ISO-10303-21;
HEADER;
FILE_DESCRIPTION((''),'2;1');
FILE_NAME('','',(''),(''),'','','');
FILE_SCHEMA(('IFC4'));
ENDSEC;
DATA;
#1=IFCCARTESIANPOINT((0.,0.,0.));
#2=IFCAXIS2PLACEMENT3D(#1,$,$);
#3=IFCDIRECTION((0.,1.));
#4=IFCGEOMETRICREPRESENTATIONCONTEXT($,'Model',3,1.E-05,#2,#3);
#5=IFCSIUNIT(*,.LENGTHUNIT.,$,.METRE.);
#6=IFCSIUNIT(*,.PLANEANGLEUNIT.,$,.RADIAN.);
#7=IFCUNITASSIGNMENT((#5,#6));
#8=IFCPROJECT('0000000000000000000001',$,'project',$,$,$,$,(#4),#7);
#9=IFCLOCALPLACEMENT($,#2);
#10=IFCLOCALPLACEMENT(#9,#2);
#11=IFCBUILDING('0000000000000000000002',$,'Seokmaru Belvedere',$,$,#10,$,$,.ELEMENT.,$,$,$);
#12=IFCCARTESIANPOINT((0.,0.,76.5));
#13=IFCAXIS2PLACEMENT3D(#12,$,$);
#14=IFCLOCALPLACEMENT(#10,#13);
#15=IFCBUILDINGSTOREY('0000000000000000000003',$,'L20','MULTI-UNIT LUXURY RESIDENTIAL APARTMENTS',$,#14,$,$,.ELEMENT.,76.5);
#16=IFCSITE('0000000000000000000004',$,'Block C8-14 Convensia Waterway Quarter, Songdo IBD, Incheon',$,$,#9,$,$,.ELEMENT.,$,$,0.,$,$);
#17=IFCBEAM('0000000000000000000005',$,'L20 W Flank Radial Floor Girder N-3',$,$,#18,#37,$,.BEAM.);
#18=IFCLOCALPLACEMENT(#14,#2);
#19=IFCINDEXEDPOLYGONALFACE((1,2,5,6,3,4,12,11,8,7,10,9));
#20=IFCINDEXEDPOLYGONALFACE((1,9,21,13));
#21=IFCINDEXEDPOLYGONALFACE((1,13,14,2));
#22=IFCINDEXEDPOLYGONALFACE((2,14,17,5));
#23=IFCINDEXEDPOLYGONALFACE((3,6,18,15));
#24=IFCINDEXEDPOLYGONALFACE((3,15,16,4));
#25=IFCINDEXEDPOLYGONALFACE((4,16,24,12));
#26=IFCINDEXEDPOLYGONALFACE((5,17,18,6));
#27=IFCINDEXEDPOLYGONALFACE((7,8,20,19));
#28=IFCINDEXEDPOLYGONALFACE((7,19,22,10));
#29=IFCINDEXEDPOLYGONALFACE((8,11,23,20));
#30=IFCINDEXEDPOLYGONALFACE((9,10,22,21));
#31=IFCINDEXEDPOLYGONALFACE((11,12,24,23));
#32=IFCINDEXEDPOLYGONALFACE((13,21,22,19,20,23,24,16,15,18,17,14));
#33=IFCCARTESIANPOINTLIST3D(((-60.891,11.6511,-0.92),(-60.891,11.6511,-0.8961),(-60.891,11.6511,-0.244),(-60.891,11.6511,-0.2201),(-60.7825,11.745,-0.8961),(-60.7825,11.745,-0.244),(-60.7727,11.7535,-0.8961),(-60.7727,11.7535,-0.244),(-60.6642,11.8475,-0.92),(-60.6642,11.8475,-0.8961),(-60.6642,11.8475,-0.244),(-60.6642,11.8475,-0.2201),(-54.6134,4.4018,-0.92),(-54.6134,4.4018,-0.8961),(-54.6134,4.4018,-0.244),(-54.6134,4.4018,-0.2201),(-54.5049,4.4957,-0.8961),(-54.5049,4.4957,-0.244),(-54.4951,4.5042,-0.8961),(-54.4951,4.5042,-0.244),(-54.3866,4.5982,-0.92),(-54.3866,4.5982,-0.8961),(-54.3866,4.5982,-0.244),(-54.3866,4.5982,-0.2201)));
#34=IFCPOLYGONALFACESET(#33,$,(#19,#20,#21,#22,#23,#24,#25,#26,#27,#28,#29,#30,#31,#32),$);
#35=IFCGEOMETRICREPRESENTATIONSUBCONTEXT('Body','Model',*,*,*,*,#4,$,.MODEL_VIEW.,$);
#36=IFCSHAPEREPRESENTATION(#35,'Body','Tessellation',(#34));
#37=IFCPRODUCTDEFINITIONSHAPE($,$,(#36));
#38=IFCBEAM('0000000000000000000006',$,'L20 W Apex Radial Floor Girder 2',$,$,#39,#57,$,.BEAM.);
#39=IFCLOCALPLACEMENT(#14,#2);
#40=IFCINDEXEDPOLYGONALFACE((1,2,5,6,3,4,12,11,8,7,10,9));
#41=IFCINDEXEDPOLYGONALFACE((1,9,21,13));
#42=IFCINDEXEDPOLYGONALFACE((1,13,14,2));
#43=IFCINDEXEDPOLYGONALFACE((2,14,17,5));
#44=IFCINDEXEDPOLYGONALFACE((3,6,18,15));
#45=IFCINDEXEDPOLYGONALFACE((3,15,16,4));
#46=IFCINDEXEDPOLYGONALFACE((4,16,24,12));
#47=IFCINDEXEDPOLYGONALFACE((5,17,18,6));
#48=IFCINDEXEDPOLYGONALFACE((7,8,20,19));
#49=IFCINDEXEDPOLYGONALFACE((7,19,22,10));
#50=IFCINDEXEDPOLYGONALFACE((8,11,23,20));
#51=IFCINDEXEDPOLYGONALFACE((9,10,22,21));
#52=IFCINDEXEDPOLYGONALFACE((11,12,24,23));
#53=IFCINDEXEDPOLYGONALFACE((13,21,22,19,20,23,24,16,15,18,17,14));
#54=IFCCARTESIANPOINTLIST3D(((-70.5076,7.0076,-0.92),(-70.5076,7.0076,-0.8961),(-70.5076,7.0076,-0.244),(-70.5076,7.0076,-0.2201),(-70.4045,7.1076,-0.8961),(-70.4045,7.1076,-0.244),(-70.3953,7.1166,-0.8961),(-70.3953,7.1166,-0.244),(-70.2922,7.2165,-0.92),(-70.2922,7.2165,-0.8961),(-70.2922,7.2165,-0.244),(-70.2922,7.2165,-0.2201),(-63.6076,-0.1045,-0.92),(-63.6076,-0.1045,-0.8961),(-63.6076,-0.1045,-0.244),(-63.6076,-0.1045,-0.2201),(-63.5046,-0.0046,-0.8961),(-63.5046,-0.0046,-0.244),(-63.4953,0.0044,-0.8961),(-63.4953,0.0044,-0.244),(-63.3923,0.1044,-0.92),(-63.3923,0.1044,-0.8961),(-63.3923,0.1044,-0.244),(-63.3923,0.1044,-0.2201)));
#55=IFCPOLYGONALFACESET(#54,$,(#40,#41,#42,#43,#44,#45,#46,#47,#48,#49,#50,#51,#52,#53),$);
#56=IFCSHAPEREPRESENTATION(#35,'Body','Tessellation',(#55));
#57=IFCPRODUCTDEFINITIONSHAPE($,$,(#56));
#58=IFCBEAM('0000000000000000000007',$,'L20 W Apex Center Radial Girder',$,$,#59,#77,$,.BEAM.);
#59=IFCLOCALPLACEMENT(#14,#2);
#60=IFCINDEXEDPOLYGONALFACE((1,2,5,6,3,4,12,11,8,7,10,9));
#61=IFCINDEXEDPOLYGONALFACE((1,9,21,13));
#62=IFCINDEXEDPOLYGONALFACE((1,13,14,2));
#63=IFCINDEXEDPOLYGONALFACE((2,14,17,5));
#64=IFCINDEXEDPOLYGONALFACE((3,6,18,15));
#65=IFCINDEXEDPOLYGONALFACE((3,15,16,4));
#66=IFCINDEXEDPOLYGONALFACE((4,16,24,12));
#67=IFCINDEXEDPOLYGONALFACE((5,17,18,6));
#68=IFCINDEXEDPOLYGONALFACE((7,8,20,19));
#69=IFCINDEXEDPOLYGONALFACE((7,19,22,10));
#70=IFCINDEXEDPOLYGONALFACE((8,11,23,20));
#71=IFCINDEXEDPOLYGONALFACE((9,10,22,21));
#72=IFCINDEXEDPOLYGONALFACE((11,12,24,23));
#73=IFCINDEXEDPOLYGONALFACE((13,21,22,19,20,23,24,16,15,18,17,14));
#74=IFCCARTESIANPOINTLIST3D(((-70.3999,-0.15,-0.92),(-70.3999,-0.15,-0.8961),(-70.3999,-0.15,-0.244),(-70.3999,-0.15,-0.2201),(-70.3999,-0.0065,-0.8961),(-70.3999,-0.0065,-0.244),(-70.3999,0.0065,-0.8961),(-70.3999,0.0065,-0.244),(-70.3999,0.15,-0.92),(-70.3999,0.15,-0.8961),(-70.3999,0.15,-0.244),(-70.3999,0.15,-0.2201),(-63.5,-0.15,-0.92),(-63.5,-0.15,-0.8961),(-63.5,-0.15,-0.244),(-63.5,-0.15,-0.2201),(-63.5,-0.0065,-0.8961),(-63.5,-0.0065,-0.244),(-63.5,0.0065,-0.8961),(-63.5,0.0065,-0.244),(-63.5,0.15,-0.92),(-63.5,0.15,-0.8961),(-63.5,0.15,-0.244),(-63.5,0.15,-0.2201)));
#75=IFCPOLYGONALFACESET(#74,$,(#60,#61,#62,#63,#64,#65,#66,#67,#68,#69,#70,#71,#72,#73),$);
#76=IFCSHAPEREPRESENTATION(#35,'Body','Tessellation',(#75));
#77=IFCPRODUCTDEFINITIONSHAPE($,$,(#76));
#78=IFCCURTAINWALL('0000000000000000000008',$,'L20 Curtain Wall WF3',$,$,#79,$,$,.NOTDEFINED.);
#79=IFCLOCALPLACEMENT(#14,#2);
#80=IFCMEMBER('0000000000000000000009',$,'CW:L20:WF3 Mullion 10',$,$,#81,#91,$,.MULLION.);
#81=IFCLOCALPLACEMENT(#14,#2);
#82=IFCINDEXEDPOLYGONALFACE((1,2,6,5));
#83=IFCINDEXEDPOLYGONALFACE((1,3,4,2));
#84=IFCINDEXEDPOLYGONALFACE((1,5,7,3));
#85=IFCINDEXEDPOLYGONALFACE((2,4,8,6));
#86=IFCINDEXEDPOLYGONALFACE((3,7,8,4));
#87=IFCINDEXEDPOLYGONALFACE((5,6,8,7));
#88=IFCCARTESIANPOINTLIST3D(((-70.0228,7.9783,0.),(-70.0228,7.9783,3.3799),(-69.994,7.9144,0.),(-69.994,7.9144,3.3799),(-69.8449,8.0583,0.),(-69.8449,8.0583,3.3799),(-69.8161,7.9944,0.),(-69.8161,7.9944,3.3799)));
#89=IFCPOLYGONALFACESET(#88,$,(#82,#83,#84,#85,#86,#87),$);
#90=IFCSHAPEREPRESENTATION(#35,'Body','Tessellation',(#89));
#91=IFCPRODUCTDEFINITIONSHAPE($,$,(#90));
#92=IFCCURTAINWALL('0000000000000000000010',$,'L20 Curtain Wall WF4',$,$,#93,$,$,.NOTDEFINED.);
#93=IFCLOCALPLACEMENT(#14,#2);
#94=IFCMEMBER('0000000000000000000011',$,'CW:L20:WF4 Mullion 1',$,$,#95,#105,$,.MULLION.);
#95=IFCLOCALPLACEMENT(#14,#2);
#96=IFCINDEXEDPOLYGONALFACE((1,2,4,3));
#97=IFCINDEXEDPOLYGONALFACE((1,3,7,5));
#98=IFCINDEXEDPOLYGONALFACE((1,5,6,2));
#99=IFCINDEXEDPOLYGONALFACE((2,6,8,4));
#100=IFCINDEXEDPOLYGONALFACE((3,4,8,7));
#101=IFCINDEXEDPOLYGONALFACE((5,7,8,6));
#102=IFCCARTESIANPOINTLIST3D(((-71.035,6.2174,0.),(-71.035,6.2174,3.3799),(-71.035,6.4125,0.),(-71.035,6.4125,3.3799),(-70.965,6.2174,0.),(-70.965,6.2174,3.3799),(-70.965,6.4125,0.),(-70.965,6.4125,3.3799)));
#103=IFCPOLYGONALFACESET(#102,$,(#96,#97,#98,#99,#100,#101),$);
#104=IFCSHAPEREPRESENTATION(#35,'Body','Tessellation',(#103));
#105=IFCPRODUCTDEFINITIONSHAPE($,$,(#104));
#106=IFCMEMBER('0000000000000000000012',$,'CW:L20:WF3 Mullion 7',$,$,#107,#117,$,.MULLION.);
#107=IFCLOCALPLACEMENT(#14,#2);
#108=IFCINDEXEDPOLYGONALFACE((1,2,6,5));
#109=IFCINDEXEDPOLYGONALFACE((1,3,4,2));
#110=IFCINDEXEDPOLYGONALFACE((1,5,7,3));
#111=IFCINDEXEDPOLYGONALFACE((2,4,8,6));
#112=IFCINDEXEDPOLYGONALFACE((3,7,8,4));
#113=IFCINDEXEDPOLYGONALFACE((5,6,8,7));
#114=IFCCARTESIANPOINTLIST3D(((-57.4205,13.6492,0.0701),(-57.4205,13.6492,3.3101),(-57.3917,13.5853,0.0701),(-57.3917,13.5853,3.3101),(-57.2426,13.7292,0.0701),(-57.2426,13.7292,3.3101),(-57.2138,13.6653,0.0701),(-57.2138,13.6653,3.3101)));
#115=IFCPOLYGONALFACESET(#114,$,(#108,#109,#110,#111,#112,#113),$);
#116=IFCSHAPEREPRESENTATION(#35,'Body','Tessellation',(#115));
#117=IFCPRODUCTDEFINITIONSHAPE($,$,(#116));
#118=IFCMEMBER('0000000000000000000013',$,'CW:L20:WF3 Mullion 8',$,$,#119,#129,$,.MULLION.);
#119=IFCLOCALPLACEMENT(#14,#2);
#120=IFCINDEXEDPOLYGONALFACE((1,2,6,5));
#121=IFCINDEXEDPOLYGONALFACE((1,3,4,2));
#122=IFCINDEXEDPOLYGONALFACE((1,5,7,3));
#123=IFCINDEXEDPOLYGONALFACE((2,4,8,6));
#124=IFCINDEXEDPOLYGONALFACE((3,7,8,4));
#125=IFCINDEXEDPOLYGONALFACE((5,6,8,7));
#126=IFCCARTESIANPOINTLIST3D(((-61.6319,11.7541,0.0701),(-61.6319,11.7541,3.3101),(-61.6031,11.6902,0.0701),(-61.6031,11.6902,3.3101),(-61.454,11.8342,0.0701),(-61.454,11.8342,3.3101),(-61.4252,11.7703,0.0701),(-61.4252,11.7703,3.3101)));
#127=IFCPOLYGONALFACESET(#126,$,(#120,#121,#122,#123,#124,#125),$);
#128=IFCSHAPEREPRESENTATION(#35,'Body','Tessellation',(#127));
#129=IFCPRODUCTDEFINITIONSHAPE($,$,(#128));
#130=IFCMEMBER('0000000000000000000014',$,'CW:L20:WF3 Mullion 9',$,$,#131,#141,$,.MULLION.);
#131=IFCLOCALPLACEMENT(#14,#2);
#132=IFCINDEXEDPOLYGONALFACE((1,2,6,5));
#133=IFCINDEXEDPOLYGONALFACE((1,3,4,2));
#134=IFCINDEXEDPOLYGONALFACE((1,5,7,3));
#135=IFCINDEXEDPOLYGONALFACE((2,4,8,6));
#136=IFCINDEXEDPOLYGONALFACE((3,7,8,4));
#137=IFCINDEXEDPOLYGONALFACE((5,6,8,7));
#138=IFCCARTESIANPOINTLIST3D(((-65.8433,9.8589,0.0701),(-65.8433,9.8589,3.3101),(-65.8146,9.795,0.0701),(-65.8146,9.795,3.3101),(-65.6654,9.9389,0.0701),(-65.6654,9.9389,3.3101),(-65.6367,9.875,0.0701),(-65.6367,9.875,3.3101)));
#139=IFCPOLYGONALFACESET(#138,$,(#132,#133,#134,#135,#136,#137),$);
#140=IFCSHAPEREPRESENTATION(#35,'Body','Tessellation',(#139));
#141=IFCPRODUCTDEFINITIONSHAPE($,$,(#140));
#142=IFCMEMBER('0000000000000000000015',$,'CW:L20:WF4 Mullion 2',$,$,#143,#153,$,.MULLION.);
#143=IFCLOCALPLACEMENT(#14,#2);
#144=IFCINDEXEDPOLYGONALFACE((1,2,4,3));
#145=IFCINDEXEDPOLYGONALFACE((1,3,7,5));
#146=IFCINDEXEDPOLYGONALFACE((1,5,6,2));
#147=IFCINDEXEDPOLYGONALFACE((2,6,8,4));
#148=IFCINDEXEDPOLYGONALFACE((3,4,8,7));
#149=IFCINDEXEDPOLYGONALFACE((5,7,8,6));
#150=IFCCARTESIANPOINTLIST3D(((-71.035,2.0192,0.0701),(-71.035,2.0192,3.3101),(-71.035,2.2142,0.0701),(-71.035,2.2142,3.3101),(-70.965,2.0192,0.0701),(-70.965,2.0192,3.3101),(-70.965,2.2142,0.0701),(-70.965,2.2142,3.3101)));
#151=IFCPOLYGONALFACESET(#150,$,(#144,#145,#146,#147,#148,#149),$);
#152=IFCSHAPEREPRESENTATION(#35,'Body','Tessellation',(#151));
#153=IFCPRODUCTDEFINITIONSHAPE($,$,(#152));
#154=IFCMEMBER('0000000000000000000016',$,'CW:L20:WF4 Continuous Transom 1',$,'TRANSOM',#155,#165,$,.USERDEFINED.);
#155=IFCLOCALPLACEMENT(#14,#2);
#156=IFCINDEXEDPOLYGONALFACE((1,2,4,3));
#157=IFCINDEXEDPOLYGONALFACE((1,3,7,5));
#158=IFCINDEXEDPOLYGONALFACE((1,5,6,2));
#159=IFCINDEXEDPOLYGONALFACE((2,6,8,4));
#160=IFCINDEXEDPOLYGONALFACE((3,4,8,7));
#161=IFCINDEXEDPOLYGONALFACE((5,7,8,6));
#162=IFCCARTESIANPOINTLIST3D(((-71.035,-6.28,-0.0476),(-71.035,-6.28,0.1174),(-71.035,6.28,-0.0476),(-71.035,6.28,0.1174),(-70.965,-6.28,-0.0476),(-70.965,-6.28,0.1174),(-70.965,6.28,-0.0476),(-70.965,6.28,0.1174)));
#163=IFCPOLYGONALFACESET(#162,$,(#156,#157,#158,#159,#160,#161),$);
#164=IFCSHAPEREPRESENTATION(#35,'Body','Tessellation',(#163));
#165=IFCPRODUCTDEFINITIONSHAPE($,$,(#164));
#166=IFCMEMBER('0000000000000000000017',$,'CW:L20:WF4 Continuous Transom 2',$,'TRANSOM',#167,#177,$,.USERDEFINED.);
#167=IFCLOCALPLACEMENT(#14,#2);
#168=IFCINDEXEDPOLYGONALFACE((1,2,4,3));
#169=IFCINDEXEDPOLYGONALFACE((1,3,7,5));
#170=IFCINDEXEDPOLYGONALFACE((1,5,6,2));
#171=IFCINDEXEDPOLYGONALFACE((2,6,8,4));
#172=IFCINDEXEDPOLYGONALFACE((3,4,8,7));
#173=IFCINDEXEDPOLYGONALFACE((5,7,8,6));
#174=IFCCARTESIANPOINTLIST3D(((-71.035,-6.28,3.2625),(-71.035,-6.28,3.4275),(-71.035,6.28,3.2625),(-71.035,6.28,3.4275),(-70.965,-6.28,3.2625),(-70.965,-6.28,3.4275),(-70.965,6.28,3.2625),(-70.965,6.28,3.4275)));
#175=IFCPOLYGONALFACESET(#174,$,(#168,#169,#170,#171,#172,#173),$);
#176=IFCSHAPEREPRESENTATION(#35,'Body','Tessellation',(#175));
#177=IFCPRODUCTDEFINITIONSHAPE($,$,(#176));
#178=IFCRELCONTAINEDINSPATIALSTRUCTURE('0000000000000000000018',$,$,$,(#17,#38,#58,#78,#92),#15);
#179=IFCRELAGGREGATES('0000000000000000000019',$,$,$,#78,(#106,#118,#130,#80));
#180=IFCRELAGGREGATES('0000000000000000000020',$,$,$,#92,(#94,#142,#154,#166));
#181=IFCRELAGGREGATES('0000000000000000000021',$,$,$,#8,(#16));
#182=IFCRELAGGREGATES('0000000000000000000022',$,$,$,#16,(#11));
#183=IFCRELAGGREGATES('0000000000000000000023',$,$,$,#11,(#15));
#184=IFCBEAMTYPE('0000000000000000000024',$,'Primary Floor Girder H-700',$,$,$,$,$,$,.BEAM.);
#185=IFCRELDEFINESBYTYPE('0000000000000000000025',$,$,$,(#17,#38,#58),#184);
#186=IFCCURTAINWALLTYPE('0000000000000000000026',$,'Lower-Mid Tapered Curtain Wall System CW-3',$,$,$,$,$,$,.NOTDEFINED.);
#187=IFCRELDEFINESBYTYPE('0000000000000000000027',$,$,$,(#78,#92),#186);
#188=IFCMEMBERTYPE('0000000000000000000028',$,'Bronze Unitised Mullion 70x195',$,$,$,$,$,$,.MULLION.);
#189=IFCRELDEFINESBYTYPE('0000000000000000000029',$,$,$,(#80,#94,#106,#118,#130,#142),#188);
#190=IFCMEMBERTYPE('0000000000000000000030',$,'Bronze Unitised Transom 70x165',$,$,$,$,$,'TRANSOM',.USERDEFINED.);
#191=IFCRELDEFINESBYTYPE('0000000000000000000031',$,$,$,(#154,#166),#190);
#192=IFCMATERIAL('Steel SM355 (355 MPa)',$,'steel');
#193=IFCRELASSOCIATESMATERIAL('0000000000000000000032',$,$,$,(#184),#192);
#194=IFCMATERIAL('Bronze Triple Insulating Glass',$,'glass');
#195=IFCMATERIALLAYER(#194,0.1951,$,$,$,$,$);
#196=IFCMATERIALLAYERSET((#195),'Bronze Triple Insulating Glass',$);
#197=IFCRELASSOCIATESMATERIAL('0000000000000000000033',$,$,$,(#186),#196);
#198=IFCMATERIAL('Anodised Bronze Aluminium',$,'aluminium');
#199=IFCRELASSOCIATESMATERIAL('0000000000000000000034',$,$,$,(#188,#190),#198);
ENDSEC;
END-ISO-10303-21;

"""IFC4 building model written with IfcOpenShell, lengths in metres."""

from ifc_helpers import new_model, si_unit, direction, frame, origin, origin_2d, place, context, subcontext, project, spatial, rectangle, i_section, extrude, source, transform, mapped, material, layer, layer_set, material_profile, profile_set, type_object, type_shapes, element, aggregate, save


model = new_model("IFC4")

# Units and contexts
model_context = context("Model", 3, precision=1e-05, world=origin(), true_north=direction((0.0, 1.0)))
body_context = subcontext(model_context, "Body", "Model", "MODEL_VIEW")
ifc_project = project(units=[si_unit("LENGTHUNIT", "METRE"), si_unit("PLANEANGLEUNIT", "RADIAN")], contexts=[model_context])

# Site, building, storey
site_placement = place(None, origin())
site = spatial("IfcSite", under=ifc_project, at=site_placement, Name="Block C8-14 Convensia Waterway Quarter, Songdo IBD, Incheon", CompositionType="ELEMENT", RefElevation=0.0)
building_placement = place(site_placement, origin())
building = spatial("IfcBuilding", under=site, at=building_placement, Name="Seokmaru Belvedere", CompositionType="ELEMENT")
storey_placement = place(building_placement, frame((0.0, 0.0, 76.5)))
storey = spatial("IfcBuildingStorey", under=building, at=storey_placement, Name="L20", Description="MULTI-UNIT LUXURY RESIDENTIAL APARTMENTS", CompositionType="ELEMENT", Elevation=76.5)

# Shared definitions
ifc_material_1 = material(Name="Steel SM355 (355 MPa)", Category="steel")

# Beams
ifc_material_profile_1 = material_profile(ifc_material_1, i_section(OverallWidth=0.3, OverallDepth=0.7, WebThickness=0.0129, FlangeThickness=0.0239, at=origin_2d()), Name="H-700x300x13x24")
ifc_profile_set_1 = profile_set([ifc_material_profile_1], Name="Steel SM355 (355 MPa)")
beam_type_1 = type_object("IfcBeamType", Name="Primary Floor Girder H-700", PredefinedType="BEAM", material=ifc_profile_set_1)
shared_shape_1 = source(origin(), body_context, "Body", "SweptSolid", [
    extrude(i_section(OverallWidth=0.3, OverallDepth=0.7, WebThickness=0.0129, FlangeThickness=0.0239, at=origin_2d()), origin(), (0.0, 0.0, 1.0), 9.5896),
])
beam_1_placement = place(storey_placement, frame((-60.7776, 11.7493, -0.5701), z_axis=(0.654626, -0.755953, 0.0), x_axis=(0.755953, 0.654626, 0.0)))
element("IfcBeam", 1, at=beam_1_placement, inside=storey, type_object=beam_type_1, Name="L20 W Flank Radial Floor Girder N-3", PredefinedType="BEAM", context=body_context, shape_type="MappedRepresentation", body=[
    mapped(shared_shape_1, transform((0.0, 0.0, 0.0), scale=1.0)),
])
shared_shape_2 = source(origin(), body_context, "Body", "SweptSolid", [
    extrude(i_section(OverallWidth=0.3, OverallDepth=0.7, WebThickness=0.0129, FlangeThickness=0.0239, at=origin_2d()), origin(), (0.0, 0.0, 1.0), 9.9092),
])
beam_2_placement = place(storey_placement, frame((-70.3999, 7.1121, -0.5701), z_axis=(0.696321, -0.717731, 0.0), x_axis=(0.717731, 0.696321, 0.0)))
element("IfcBeam", 2, at=beam_2_placement, inside=storey, type_object=beam_type_1, Name="L20 W Apex Radial Floor Girder 2", PredefinedType="BEAM", context=body_context, shape_type="MappedRepresentation", body=[
    mapped(shared_shape_2, transform((0.0, 0.0, 0.0), scale=1.0)),
])
shared_shape_3 = source(origin(), body_context, "Body", "SweptSolid", [
    extrude(i_section(OverallWidth=0.3, OverallDepth=0.7, WebThickness=0.0129, FlangeThickness=0.0239, at=origin_2d()), origin(), (0.0, 0.0, 1.0), 6.8999),
])
beam_3_placement = place(storey_placement, frame((-70.3999, 0.0, -0.5701), z_axis=(1.0, 0.0, 0.0), x_axis=(0.0, 1.0, 0.0)))
element("IfcBeam", 3, at=beam_3_placement, inside=storey, type_object=beam_type_1, Name="L20 W Apex Center Radial Girder", PredefinedType="BEAM", context=body_context, shape_type="MappedRepresentation", body=[
    mapped(shared_shape_3, transform((0.0, 0.0, 0.0), scale=1.0)),
])

# Curtain walls, members
ifc_material_2 = material(Name="Bronze Triple Insulating Glass", Category="glass")
ifc_layer_1 = layer(ifc_material_2, 0.1951)
ifc_layer_set_1 = layer_set([ifc_layer_1], Name="Bronze Triple Insulating Glass")
curtain_wall_type = type_object("IfcCurtainWallType", Name="Lower-Mid Tapered Curtain Wall System CW-3", PredefinedType="NOTDEFINED", material=ifc_layer_set_1)
curtain_wall_1_placement = place(storey_placement, origin())
curtain_wall_1 = element("IfcCurtainWall", 4, at=curtain_wall_1_placement, inside=storey, type_object=curtain_wall_type, Name="L20 Curtain Wall WF3", PredefinedType="NOTDEFINED")
ifc_material_3 = material(Name="Anodised Bronze Aluminium", Category="aluminium")
ifc_material_profile_2 = material_profile(ifc_material_3, rectangle(XDim=0.0701, YDim=0.1951, at=origin_2d()), Name="CW-M-70x195")
ifc_profile_set_2 = profile_set([ifc_material_profile_2], Name="Anodised Bronze Aluminium")
member_type_1 = type_object("IfcMemberType", Name="Bronze Unitised Mullion 70x195", PredefinedType="MULLION", material=ifc_profile_set_2)
shared_shape_4 = source(origin(), body_context, "Body", "SweptSolid", [
    extrude(rectangle(XDim=0.0701, YDim=0.1951, at=origin_2d()), origin(), (0.0, 0.0, 1.0), 3.3799),
])
member_1_placement = place(storey_placement, frame((-69.9194, 7.9863, 0.0), z_axis=(0.0, 0.0, 1.0), x_axis=(0.410366, -0.911921, 0.0)))
member_1 = element("IfcMember", 5, at=member_1_placement, type_object=member_type_1, Name="CW:L20:WF3 Mullion 10", PredefinedType="MULLION", context=body_context, shape_type="MappedRepresentation", body=[
    mapped(shared_shape_4, transform((0.0, 0.0, 0.0), scale=1.0)),
])
curtain_wall_2_placement = place(storey_placement, origin())
curtain_wall_2 = element("IfcCurtainWall", 6, at=curtain_wall_2_placement, inside=storey, type_object=curtain_wall_type, Name="L20 Curtain Wall WF4", PredefinedType="NOTDEFINED")
member_2_placement = place(storey_placement, frame((-71.0, 6.3149, 0.0), z_axis=(0.0, 0.0, 1.0), x_axis=(1.0, 0.0, 0.0)))
member_2 = element("IfcMember", 7, at=member_2_placement, type_object=member_type_1, Name="CW:L20:WF4 Mullion 1", PredefinedType="MULLION", context=body_context, shape_type="MappedRepresentation", body=[
    mapped(shared_shape_4, transform((0.0, 0.0, 0.0), scale=1.0)),
])

# Members
shared_shape_5 = source(origin(), body_context, "Body", "SweptSolid", [
    extrude(rectangle(XDim=0.0701, YDim=0.1951, at=origin_2d()), origin(), (0.0, 0.0, 1.0), 3.24),
])
type_shapes(member_type_1, [shared_shape_4, shared_shape_5])
member_3_placement = place(storey_placement, frame((-57.3171, 13.6572, 0.0701), z_axis=(0.0, 0.0, 1.0), x_axis=(0.410366, -0.911921, 0.0)))
member_3 = element("IfcMember", 8, at=member_3_placement, type_object=member_type_1, Name="CW:L20:WF3 Mullion 7", PredefinedType="MULLION", context=body_context, shape_type="MappedRepresentation", body=[
    mapped(shared_shape_5, transform((0.0, 0.0, 0.0), scale=1.0)),
])
member_4_placement = place(storey_placement, frame((-61.5286, 11.7622, 0.0701), z_axis=(0.0, 0.0, 1.0), x_axis=(0.410366, -0.911921, 0.0)))
member_4 = element("IfcMember", 9, at=member_4_placement, type_object=member_type_1, Name="CW:L20:WF3 Mullion 8", PredefinedType="MULLION", context=body_context, shape_type="MappedRepresentation", body=[
    mapped(shared_shape_5, transform((0.0, 0.0, 0.0), scale=1.0)),
])
member_5_placement = place(storey_placement, frame((-65.74, 9.8669, 0.0701), z_axis=(0.0, 0.0, 1.0), x_axis=(0.410366, -0.911921, 0.0)))
member_5 = element("IfcMember", 10, at=member_5_placement, type_object=member_type_1, Name="CW:L20:WF3 Mullion 9", PredefinedType="MULLION", context=body_context, shape_type="MappedRepresentation", body=[
    mapped(shared_shape_5, transform((0.0, 0.0, 0.0), scale=1.0)),
])
member_6_placement = place(storey_placement, frame((-71.0, 2.1167, 0.0701), z_axis=(0.0, 0.0, 1.0), x_axis=(1.0, 0.0, 0.0)))
member_6 = element("IfcMember", 11, at=member_6_placement, type_object=member_type_1, Name="CW:L20:WF4 Mullion 2", PredefinedType="MULLION", context=body_context, shape_type="MappedRepresentation", body=[
    mapped(shared_shape_5, transform((0.0, 0.0, 0.0), scale=1.0)),
])
ifc_material_profile_3 = material_profile(ifc_material_3, rectangle(XDim=0.0701, YDim=0.165, at=origin_2d()), Name="CW-T-70x165")
ifc_profile_set_3 = profile_set([ifc_material_profile_3], Name="Anodised Bronze Aluminium")
member_type_2 = type_object("IfcMemberType", Name="Bronze Unitised Transom 70x165", ElementType="TRANSOM", PredefinedType="USERDEFINED", material=ifc_profile_set_3)
shared_shape_6 = source(origin(), body_context, "Body", "SweptSolid", [
    extrude(rectangle(XDim=0.0701, YDim=0.165, at=origin_2d()), origin(), (0.0, 0.0, 1.0), 12.5601),
])
type_shapes(member_type_2, [shared_shape_6])
member_7_placement = place(storey_placement, frame((-71.0, 6.28, 0.0349), z_axis=(0.0, -1.0, 0.0), x_axis=(1.0, 0.0, 0.0)))
member_7 = element("IfcMember", 12, at=member_7_placement, type_object=member_type_2, Name="CW:L20:WF4 Continuous Transom 1", ObjectType="TRANSOM", PredefinedType="USERDEFINED", context=body_context, shape_type="MappedRepresentation", body=[
    mapped(shared_shape_6, transform((0.0, 0.0, 0.0), scale=1.0)),
])
member_8_placement = place(storey_placement, frame((-71.0, 6.28, 3.345), z_axis=(0.0, -1.0, 0.0), x_axis=(1.0, 0.0, 0.0)))
member_8 = element("IfcMember", 13, at=member_8_placement, type_object=member_type_2, Name="CW:L20:WF4 Continuous Transom 2", ObjectType="TRANSOM", PredefinedType="USERDEFINED", context=body_context, shape_type="MappedRepresentation", body=[
    mapped(shared_shape_6, transform((0.0, 0.0, 0.0), scale=1.0)),
])

aggregate(curtain_wall_1, [member_3, member_4, member_5, member_1])
aggregate(curtain_wall_2, [member_2, member_6, member_7, member_8])

save(model, "model.ifc")
